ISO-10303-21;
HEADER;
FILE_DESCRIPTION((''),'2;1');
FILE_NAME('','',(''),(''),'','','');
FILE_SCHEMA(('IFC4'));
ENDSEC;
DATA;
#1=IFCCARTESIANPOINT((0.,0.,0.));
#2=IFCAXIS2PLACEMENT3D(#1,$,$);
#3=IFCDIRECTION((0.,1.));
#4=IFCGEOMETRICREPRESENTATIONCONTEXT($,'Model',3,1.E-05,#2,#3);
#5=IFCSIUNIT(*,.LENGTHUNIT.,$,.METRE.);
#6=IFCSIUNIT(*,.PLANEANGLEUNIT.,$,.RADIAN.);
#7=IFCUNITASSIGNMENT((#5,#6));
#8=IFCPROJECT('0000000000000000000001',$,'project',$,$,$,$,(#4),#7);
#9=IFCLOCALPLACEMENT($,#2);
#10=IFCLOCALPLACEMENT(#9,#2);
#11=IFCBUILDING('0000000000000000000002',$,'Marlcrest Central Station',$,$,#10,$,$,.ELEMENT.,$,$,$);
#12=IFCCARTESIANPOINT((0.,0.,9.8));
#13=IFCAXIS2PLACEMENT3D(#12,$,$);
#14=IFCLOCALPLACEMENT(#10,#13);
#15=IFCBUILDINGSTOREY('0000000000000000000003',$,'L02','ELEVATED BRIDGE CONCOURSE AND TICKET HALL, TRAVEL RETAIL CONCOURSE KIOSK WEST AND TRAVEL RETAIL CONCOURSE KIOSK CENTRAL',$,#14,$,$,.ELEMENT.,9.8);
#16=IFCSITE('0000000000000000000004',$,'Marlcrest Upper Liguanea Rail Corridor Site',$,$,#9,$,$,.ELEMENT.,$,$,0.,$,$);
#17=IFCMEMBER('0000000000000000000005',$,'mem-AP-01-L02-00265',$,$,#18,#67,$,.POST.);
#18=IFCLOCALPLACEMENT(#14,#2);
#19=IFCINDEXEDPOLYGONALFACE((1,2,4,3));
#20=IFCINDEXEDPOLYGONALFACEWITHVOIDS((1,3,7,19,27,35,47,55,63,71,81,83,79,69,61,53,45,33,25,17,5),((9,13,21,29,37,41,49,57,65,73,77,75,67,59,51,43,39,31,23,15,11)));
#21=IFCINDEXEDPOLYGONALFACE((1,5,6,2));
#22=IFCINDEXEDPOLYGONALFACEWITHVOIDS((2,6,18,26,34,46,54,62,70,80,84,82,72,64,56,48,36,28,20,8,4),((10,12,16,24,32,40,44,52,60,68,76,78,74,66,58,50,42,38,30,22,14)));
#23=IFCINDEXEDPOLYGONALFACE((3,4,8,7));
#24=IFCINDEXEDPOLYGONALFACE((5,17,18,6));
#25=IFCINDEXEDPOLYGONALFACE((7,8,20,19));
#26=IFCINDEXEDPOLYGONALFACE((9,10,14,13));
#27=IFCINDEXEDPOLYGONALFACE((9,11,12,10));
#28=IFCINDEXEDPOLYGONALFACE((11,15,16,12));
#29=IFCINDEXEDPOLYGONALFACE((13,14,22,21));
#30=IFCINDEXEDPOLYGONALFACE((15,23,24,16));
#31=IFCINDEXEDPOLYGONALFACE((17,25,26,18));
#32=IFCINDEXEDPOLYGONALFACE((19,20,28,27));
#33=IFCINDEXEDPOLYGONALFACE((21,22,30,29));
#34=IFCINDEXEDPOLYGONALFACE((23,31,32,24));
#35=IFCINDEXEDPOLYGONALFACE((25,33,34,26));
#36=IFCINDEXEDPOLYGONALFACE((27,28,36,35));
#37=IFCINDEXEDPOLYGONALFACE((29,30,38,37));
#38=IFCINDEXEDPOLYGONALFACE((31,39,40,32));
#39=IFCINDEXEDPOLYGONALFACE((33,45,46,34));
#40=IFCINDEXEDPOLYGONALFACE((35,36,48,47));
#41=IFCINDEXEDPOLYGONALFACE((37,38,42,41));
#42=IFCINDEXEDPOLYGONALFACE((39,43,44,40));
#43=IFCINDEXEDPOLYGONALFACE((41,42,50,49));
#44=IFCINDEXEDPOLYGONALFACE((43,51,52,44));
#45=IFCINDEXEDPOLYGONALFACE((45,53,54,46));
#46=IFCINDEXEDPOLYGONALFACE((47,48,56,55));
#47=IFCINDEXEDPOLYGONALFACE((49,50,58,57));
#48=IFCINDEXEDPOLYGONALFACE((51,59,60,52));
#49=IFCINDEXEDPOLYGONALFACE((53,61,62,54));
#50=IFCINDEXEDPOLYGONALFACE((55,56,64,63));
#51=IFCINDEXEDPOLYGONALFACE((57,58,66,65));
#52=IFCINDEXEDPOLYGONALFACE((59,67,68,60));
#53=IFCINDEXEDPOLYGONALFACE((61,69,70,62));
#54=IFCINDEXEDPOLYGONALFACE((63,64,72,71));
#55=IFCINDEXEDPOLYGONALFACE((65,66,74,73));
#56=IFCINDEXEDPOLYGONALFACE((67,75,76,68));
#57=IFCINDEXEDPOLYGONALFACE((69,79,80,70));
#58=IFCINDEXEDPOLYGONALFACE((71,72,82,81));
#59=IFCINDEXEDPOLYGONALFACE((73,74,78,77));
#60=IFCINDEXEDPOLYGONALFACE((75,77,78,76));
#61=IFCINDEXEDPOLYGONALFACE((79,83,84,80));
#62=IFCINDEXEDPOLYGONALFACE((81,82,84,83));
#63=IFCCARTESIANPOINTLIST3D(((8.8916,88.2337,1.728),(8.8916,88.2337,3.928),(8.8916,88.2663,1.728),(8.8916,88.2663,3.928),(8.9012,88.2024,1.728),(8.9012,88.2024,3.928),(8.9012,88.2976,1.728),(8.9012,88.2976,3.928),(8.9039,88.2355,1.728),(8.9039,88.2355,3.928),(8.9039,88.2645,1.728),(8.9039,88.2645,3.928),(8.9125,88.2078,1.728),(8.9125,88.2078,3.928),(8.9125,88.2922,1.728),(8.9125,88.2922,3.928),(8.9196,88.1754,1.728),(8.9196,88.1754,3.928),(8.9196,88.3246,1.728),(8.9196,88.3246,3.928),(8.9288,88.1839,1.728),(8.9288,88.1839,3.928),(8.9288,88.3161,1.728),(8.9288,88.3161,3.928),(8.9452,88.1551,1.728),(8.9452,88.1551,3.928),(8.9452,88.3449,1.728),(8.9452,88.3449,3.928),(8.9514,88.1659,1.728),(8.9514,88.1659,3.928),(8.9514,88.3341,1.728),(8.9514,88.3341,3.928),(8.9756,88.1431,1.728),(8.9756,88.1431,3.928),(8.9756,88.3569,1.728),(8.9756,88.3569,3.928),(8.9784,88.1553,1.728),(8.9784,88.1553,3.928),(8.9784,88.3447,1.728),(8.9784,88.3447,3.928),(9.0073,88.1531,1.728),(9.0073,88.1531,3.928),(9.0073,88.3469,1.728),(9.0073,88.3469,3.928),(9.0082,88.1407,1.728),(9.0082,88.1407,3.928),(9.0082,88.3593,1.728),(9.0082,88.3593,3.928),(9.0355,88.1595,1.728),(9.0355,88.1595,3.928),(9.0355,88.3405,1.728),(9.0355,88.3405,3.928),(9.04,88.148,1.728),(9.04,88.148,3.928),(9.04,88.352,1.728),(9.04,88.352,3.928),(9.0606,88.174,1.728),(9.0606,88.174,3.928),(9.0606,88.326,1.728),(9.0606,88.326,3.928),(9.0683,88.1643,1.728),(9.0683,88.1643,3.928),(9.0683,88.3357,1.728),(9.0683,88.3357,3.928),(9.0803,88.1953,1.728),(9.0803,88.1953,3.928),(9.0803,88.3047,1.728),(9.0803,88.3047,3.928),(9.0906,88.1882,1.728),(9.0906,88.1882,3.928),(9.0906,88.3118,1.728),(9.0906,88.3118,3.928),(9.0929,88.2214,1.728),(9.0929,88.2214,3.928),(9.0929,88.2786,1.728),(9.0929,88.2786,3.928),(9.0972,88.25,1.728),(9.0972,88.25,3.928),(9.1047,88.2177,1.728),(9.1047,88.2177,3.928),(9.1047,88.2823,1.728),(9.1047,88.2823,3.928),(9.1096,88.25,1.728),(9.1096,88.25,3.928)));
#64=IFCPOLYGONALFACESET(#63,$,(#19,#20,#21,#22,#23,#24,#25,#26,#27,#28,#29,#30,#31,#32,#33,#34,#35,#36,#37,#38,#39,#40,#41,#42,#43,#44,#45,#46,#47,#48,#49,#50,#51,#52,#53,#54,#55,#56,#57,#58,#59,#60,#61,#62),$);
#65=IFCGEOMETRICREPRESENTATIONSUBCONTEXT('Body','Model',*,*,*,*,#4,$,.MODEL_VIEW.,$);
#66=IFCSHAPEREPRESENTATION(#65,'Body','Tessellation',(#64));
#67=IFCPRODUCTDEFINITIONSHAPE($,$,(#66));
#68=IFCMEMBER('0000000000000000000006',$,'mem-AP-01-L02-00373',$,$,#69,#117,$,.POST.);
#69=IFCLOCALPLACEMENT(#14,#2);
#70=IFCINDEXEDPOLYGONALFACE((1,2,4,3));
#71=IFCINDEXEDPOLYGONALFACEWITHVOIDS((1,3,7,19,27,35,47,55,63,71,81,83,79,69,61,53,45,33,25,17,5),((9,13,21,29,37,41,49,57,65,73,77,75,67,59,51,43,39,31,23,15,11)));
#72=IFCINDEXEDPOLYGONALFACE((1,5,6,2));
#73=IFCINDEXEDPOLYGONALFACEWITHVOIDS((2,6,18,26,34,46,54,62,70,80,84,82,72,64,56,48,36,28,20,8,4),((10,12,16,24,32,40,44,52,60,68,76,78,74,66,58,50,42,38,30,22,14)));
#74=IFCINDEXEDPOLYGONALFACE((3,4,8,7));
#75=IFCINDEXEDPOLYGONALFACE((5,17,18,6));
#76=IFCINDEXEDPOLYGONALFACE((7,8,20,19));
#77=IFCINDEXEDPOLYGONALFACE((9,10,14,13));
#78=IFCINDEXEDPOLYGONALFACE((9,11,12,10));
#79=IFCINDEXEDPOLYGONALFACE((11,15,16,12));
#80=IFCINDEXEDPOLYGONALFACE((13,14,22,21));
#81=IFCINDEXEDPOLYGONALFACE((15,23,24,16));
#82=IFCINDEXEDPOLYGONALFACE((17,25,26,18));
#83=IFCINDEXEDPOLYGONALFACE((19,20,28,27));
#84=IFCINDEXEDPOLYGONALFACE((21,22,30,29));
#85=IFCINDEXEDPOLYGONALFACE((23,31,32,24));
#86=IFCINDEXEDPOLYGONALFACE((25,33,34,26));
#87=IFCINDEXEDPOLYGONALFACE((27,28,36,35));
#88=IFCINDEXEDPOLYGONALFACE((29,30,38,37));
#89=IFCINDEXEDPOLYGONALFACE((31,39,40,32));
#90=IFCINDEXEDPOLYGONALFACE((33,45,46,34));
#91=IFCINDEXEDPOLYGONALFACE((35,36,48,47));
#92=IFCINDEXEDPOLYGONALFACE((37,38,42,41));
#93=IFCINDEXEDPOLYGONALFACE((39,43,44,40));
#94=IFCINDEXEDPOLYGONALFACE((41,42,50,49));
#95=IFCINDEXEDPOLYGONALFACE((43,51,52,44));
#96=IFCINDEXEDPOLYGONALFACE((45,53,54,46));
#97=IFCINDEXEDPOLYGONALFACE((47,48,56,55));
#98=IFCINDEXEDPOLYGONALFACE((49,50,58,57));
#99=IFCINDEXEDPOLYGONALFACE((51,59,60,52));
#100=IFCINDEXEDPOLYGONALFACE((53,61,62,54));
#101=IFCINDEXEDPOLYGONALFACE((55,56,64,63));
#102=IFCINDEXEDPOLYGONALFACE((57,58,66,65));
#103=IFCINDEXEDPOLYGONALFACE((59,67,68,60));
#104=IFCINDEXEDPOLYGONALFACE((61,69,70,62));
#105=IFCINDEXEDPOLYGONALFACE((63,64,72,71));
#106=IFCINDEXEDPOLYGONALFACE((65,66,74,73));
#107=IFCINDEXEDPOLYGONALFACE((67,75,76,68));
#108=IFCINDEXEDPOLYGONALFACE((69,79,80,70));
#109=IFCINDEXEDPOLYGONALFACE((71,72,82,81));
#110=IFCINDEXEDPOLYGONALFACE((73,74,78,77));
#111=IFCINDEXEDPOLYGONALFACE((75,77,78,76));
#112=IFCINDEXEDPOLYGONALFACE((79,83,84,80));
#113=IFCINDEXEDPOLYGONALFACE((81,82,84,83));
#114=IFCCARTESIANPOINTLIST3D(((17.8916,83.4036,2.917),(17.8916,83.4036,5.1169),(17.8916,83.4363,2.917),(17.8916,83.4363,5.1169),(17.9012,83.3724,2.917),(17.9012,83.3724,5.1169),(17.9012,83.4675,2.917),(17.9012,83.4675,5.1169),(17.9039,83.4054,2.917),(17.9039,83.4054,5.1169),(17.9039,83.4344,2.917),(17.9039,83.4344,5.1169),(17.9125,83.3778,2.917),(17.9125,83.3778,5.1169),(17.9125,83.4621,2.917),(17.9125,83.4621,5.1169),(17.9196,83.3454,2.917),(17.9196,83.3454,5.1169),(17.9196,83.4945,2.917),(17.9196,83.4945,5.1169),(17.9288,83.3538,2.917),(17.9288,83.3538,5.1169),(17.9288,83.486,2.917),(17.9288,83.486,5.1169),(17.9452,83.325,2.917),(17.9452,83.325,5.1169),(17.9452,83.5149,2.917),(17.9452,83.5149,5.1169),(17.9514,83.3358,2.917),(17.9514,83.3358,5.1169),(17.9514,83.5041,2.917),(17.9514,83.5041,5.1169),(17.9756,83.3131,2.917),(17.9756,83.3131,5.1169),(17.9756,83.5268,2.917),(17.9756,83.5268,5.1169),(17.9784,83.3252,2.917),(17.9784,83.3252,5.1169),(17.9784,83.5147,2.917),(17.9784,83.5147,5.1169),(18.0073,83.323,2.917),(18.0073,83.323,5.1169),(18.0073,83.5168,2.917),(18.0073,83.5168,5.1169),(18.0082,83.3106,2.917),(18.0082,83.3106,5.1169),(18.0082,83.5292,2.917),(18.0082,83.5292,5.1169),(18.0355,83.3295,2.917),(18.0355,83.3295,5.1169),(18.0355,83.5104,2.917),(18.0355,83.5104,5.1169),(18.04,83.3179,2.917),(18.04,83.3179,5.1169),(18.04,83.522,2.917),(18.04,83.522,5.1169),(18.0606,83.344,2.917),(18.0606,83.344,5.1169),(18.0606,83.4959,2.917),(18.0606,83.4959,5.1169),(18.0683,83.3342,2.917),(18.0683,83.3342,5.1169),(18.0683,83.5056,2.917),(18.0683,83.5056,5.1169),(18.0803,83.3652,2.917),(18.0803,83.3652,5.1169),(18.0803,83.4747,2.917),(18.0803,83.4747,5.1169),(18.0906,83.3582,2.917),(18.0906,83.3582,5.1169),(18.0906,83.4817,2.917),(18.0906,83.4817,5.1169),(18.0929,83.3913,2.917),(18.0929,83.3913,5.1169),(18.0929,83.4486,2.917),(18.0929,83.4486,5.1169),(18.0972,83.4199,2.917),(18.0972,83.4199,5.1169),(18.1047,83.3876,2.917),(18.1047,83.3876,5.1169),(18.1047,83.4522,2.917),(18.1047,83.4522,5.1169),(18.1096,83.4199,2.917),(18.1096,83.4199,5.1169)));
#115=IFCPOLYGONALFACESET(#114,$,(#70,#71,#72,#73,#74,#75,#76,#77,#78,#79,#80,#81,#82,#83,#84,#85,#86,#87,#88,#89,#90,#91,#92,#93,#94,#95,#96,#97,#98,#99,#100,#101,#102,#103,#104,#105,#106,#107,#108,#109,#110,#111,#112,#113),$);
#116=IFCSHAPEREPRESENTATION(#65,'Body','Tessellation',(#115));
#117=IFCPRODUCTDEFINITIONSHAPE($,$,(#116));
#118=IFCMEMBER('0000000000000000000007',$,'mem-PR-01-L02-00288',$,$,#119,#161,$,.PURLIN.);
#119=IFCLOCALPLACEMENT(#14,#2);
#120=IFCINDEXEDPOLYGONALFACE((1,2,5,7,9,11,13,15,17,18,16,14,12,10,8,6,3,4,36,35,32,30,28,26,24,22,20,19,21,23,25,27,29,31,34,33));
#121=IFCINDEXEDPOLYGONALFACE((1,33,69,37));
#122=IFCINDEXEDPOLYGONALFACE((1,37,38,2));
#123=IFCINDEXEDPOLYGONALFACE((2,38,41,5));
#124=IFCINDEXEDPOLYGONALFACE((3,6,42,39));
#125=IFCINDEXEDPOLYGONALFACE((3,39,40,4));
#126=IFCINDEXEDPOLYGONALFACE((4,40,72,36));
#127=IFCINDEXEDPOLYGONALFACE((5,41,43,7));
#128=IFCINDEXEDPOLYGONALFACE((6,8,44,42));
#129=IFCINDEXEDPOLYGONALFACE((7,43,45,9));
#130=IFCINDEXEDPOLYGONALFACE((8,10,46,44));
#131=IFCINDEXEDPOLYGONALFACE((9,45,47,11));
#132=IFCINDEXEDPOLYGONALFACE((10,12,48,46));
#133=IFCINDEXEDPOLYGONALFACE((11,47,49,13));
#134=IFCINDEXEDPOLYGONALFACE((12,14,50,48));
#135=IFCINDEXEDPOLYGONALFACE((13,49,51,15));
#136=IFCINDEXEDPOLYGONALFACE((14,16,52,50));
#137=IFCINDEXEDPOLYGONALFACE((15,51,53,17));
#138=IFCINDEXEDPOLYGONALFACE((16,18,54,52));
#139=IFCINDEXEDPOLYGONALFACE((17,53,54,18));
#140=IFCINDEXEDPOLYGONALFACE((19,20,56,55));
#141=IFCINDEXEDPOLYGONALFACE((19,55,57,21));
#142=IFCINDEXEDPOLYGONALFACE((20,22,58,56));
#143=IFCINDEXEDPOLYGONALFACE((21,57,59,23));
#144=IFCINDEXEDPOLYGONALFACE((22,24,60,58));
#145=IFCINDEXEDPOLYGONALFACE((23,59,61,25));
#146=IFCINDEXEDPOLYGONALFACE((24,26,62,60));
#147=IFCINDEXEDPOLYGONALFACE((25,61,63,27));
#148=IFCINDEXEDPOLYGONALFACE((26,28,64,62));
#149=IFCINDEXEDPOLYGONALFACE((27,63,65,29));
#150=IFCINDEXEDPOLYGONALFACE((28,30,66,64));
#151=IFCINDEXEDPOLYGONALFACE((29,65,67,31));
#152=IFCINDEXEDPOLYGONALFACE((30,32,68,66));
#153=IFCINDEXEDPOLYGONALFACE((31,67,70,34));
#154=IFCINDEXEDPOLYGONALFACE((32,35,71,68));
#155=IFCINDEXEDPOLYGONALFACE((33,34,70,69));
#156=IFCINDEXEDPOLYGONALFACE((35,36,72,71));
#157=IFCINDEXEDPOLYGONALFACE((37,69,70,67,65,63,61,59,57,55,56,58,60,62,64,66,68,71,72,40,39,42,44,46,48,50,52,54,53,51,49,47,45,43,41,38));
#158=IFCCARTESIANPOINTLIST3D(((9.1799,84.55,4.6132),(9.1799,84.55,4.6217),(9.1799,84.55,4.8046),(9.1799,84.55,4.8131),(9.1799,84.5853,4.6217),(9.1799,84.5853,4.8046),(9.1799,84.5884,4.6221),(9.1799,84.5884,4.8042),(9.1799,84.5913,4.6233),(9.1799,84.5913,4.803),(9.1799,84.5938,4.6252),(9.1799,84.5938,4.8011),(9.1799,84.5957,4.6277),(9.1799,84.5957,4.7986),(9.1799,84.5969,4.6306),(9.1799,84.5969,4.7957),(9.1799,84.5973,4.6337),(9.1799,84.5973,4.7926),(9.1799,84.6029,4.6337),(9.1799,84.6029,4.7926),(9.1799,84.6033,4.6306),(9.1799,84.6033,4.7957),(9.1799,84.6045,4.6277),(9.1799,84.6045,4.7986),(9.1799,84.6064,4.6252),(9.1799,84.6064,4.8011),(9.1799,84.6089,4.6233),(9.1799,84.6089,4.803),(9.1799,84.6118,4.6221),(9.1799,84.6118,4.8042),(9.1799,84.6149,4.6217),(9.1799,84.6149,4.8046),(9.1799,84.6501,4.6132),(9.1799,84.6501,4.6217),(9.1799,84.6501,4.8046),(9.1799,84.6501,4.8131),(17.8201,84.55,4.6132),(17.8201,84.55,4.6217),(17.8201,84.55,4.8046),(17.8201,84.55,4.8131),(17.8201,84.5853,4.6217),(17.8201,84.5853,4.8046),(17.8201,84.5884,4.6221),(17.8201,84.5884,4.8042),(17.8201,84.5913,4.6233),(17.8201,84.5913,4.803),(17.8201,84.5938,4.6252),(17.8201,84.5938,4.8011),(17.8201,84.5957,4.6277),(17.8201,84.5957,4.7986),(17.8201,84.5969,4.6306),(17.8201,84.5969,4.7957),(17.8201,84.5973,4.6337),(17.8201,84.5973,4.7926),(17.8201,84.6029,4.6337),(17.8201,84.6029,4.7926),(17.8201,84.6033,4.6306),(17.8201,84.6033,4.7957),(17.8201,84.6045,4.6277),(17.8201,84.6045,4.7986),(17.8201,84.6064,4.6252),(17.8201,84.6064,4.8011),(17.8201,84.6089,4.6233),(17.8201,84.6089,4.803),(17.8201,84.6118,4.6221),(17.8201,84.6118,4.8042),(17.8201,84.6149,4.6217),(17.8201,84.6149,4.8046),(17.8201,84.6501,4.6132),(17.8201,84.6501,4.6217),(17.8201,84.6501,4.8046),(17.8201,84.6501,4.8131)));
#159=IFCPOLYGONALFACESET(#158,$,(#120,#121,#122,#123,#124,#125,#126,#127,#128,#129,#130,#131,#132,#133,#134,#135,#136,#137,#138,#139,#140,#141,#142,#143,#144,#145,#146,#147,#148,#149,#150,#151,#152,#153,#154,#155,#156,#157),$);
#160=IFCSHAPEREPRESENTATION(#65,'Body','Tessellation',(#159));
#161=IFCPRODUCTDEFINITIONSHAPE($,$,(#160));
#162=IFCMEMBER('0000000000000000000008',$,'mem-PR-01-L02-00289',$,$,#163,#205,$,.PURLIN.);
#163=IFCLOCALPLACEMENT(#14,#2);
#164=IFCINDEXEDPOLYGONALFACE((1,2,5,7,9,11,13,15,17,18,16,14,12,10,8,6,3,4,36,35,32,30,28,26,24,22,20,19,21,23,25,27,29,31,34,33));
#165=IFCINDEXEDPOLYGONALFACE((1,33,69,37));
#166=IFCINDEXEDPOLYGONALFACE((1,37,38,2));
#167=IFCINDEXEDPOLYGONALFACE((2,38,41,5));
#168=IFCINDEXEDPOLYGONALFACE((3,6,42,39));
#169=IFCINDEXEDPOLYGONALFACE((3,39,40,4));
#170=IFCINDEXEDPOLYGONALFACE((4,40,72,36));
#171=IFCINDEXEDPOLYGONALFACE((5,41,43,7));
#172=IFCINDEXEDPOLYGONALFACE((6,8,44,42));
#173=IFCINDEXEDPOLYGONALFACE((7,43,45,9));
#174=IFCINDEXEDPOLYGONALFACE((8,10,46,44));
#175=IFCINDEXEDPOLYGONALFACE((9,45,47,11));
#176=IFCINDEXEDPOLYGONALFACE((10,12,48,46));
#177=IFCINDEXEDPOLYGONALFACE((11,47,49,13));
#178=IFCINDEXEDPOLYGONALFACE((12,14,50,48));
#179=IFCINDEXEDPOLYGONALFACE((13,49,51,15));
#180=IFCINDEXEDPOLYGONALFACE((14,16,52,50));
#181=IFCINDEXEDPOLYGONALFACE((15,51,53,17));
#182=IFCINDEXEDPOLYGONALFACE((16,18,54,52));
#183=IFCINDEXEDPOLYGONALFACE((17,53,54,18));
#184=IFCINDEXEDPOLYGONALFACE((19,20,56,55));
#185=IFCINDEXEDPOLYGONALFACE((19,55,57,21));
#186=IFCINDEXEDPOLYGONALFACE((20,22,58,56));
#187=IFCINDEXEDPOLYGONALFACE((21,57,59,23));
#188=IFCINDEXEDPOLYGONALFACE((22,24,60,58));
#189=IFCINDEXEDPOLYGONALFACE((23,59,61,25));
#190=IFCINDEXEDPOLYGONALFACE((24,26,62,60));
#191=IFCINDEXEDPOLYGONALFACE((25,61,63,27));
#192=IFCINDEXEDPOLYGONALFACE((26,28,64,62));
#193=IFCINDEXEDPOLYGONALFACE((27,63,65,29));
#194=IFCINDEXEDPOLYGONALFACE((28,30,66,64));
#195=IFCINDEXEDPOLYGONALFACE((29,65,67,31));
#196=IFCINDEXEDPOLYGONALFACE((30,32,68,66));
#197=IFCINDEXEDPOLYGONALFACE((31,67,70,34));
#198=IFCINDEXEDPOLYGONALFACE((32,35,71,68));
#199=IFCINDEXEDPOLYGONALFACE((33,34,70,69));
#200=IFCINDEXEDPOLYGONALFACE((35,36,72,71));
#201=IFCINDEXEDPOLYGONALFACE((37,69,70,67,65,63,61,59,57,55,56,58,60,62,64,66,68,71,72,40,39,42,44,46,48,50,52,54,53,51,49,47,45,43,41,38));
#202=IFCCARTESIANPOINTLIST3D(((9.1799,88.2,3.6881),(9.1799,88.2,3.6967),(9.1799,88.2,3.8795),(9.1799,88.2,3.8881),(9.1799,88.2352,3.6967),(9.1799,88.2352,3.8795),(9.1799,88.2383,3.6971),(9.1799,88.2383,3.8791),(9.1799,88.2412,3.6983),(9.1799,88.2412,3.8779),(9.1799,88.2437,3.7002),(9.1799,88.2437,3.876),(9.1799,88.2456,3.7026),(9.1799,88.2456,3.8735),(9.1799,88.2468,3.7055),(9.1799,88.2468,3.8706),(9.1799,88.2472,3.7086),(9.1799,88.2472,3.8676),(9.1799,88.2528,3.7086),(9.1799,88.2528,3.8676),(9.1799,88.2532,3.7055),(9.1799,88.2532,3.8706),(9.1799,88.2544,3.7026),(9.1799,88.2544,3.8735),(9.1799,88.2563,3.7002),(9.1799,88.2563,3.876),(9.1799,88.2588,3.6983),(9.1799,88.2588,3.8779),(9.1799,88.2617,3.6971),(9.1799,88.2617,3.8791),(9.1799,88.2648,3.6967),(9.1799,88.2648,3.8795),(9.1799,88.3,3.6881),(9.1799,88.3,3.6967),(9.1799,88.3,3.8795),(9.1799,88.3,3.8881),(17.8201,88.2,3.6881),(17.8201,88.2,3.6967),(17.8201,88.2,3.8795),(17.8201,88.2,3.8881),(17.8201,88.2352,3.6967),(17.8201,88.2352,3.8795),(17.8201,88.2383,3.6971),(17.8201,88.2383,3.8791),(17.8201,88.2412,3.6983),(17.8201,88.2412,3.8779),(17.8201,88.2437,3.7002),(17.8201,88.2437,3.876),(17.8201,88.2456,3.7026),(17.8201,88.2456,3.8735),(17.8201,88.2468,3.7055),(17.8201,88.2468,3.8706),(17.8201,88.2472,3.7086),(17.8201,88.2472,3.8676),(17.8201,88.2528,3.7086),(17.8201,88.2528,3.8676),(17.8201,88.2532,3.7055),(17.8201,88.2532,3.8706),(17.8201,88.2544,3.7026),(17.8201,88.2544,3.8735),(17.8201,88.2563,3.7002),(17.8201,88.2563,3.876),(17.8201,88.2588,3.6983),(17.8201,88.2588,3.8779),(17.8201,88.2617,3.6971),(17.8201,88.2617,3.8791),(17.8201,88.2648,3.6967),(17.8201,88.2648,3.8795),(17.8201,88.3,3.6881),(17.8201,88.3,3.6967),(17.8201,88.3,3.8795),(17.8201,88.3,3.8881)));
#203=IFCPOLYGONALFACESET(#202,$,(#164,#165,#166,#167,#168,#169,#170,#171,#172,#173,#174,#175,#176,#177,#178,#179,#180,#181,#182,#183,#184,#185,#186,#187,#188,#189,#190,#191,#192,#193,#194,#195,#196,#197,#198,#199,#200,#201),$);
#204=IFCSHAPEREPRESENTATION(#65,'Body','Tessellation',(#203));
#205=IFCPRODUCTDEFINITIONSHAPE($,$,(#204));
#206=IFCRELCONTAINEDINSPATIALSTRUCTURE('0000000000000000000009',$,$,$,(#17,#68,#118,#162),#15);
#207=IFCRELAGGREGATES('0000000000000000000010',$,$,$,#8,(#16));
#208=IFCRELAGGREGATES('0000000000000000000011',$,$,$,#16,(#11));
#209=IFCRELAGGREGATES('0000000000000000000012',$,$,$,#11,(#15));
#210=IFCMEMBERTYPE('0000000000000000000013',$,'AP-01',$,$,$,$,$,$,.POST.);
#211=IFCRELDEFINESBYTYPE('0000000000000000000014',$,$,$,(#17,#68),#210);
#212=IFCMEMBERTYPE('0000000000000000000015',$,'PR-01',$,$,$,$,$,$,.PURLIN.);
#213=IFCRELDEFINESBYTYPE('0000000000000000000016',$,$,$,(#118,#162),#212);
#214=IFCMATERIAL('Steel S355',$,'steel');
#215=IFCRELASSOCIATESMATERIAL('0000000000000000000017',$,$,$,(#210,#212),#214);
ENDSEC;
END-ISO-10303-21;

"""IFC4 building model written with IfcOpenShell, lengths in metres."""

from ifc_helpers import new_model, si_unit, direction, frame, origin, origin_2d, place, context, subcontext, project, spatial, hollow_circle, i_section, extrude, material, material_profile, profile_set, type_object, element, save


model = new_model("IFC4")

# Units and contexts
model_context = context("Model", 3, precision=1e-05, world=origin(), true_north=direction((0.0, 1.0)))
body_context = subcontext(model_context, "Body", "Model", "MODEL_VIEW")
ifc_project = project(units=[si_unit("LENGTHUNIT", "METRE"), si_unit("PLANEANGLEUNIT", "RADIAN")], contexts=[model_context])

# Site, building, storey
site_placement = place(None, origin())
site = spatial("IfcSite", under=ifc_project, at=site_placement, Name="Marlcrest Upper Liguanea Rail Corridor Site", CompositionType="ELEMENT", RefElevation=0.0)
building_placement = place(site_placement, origin())
building = spatial("IfcBuilding", under=site, at=building_placement, Name="Marlcrest Central Station", CompositionType="ELEMENT")
storey_placement = place(building_placement, frame((0.0, 0.0, 9.8)))
storey = spatial("IfcBuildingStorey", under=building, at=storey_placement, Name="L02", Description="ELEVATED BRIDGE CONCOURSE AND TICKET HALL, TRAVEL RETAIL CONCOURSE KIOSK WEST AND TRAVEL RETAIL CONCOURSE KIOSK CENTRAL", CompositionType="ELEMENT", Elevation=9.8)

# Members
ifc_material = material(Name="Steel S355", Category="steel")
ifc_material_profile_1 = material_profile(ifc_material, hollow_circle(Radius=0.1096, WallThickness=0.0125, at=origin_2d()), Name="CHS 219.1x12.5")
ifc_profile_set_1 = profile_set([ifc_material_profile_1], Name="Steel S355")
member_type_1 = type_object("IfcMemberType", Name="AP-01", PredefinedType="POST", material=ifc_profile_set_1)
for number, where, z_axis, x_axis, name in (
    (1, (9.0, 88.25, 1.728), (0.0, 0.0, 1.0), (1.0, 0.0, 0.0), "mem-AP-01-L02-00265"),
    (2, (18.0, 83.4199, 2.917), (0.0, 0.0, 1.0), (1.0, 0.0, 0.0), "mem-AP-01-L02-00373"),
):
    element("IfcMember", number, at=place(storey_placement, frame(where, z_axis=z_axis, x_axis=x_axis)), inside=storey, type_object=member_type_1, Name=name, PredefinedType="POST", context=body_context, shape_type="SweptSolid", body=[
        extrude(hollow_circle(Radius=0.1096, WallThickness=0.0125, at=origin_2d()), origin(), (0.0, 0.0, 1.0), 2.2),
    ])
ifc_material_profile_2 = material_profile(ifc_material, i_section(OverallWidth=0.1001, OverallDepth=0.2, WebThickness=0.0056, FlangeThickness=0.0085, FilletRadius=0.012, at=origin_2d()), Name="IPE 200")
ifc_profile_set_2 = profile_set([ifc_material_profile_2], Name="Steel S355")
member_type_2 = type_object("IfcMemberType", Name="PR-01", PredefinedType="PURLIN", material=ifc_profile_set_2)
for number, where, z_axis, x_axis, name in (
    (3, (9.1799, 84.6001, 4.7131), (1.0, 0.0, 0.0), (0.0, 1.0, 0.0), "mem-PR-01-L02-00288"),
    (4, (9.1799, 88.25, 3.7881), (1.0, 0.0, 0.0), (0.0, 1.0, 0.0), "mem-PR-01-L02-00289"),
):
    element("IfcMember", number, at=place(storey_placement, frame(where, z_axis=z_axis, x_axis=x_axis)), inside=storey, type_object=member_type_2, Name=name, PredefinedType="PURLIN", context=body_context, shape_type="SweptSolid", body=[
        extrude(i_section(OverallWidth=0.1001, OverallDepth=0.2, WebThickness=0.0056, FlangeThickness=0.0085, FilletRadius=0.012, at=origin_2d()), origin(), (0.0, 0.0, 1.0), 8.6401),
    ])

save(model, "model.ifc")
